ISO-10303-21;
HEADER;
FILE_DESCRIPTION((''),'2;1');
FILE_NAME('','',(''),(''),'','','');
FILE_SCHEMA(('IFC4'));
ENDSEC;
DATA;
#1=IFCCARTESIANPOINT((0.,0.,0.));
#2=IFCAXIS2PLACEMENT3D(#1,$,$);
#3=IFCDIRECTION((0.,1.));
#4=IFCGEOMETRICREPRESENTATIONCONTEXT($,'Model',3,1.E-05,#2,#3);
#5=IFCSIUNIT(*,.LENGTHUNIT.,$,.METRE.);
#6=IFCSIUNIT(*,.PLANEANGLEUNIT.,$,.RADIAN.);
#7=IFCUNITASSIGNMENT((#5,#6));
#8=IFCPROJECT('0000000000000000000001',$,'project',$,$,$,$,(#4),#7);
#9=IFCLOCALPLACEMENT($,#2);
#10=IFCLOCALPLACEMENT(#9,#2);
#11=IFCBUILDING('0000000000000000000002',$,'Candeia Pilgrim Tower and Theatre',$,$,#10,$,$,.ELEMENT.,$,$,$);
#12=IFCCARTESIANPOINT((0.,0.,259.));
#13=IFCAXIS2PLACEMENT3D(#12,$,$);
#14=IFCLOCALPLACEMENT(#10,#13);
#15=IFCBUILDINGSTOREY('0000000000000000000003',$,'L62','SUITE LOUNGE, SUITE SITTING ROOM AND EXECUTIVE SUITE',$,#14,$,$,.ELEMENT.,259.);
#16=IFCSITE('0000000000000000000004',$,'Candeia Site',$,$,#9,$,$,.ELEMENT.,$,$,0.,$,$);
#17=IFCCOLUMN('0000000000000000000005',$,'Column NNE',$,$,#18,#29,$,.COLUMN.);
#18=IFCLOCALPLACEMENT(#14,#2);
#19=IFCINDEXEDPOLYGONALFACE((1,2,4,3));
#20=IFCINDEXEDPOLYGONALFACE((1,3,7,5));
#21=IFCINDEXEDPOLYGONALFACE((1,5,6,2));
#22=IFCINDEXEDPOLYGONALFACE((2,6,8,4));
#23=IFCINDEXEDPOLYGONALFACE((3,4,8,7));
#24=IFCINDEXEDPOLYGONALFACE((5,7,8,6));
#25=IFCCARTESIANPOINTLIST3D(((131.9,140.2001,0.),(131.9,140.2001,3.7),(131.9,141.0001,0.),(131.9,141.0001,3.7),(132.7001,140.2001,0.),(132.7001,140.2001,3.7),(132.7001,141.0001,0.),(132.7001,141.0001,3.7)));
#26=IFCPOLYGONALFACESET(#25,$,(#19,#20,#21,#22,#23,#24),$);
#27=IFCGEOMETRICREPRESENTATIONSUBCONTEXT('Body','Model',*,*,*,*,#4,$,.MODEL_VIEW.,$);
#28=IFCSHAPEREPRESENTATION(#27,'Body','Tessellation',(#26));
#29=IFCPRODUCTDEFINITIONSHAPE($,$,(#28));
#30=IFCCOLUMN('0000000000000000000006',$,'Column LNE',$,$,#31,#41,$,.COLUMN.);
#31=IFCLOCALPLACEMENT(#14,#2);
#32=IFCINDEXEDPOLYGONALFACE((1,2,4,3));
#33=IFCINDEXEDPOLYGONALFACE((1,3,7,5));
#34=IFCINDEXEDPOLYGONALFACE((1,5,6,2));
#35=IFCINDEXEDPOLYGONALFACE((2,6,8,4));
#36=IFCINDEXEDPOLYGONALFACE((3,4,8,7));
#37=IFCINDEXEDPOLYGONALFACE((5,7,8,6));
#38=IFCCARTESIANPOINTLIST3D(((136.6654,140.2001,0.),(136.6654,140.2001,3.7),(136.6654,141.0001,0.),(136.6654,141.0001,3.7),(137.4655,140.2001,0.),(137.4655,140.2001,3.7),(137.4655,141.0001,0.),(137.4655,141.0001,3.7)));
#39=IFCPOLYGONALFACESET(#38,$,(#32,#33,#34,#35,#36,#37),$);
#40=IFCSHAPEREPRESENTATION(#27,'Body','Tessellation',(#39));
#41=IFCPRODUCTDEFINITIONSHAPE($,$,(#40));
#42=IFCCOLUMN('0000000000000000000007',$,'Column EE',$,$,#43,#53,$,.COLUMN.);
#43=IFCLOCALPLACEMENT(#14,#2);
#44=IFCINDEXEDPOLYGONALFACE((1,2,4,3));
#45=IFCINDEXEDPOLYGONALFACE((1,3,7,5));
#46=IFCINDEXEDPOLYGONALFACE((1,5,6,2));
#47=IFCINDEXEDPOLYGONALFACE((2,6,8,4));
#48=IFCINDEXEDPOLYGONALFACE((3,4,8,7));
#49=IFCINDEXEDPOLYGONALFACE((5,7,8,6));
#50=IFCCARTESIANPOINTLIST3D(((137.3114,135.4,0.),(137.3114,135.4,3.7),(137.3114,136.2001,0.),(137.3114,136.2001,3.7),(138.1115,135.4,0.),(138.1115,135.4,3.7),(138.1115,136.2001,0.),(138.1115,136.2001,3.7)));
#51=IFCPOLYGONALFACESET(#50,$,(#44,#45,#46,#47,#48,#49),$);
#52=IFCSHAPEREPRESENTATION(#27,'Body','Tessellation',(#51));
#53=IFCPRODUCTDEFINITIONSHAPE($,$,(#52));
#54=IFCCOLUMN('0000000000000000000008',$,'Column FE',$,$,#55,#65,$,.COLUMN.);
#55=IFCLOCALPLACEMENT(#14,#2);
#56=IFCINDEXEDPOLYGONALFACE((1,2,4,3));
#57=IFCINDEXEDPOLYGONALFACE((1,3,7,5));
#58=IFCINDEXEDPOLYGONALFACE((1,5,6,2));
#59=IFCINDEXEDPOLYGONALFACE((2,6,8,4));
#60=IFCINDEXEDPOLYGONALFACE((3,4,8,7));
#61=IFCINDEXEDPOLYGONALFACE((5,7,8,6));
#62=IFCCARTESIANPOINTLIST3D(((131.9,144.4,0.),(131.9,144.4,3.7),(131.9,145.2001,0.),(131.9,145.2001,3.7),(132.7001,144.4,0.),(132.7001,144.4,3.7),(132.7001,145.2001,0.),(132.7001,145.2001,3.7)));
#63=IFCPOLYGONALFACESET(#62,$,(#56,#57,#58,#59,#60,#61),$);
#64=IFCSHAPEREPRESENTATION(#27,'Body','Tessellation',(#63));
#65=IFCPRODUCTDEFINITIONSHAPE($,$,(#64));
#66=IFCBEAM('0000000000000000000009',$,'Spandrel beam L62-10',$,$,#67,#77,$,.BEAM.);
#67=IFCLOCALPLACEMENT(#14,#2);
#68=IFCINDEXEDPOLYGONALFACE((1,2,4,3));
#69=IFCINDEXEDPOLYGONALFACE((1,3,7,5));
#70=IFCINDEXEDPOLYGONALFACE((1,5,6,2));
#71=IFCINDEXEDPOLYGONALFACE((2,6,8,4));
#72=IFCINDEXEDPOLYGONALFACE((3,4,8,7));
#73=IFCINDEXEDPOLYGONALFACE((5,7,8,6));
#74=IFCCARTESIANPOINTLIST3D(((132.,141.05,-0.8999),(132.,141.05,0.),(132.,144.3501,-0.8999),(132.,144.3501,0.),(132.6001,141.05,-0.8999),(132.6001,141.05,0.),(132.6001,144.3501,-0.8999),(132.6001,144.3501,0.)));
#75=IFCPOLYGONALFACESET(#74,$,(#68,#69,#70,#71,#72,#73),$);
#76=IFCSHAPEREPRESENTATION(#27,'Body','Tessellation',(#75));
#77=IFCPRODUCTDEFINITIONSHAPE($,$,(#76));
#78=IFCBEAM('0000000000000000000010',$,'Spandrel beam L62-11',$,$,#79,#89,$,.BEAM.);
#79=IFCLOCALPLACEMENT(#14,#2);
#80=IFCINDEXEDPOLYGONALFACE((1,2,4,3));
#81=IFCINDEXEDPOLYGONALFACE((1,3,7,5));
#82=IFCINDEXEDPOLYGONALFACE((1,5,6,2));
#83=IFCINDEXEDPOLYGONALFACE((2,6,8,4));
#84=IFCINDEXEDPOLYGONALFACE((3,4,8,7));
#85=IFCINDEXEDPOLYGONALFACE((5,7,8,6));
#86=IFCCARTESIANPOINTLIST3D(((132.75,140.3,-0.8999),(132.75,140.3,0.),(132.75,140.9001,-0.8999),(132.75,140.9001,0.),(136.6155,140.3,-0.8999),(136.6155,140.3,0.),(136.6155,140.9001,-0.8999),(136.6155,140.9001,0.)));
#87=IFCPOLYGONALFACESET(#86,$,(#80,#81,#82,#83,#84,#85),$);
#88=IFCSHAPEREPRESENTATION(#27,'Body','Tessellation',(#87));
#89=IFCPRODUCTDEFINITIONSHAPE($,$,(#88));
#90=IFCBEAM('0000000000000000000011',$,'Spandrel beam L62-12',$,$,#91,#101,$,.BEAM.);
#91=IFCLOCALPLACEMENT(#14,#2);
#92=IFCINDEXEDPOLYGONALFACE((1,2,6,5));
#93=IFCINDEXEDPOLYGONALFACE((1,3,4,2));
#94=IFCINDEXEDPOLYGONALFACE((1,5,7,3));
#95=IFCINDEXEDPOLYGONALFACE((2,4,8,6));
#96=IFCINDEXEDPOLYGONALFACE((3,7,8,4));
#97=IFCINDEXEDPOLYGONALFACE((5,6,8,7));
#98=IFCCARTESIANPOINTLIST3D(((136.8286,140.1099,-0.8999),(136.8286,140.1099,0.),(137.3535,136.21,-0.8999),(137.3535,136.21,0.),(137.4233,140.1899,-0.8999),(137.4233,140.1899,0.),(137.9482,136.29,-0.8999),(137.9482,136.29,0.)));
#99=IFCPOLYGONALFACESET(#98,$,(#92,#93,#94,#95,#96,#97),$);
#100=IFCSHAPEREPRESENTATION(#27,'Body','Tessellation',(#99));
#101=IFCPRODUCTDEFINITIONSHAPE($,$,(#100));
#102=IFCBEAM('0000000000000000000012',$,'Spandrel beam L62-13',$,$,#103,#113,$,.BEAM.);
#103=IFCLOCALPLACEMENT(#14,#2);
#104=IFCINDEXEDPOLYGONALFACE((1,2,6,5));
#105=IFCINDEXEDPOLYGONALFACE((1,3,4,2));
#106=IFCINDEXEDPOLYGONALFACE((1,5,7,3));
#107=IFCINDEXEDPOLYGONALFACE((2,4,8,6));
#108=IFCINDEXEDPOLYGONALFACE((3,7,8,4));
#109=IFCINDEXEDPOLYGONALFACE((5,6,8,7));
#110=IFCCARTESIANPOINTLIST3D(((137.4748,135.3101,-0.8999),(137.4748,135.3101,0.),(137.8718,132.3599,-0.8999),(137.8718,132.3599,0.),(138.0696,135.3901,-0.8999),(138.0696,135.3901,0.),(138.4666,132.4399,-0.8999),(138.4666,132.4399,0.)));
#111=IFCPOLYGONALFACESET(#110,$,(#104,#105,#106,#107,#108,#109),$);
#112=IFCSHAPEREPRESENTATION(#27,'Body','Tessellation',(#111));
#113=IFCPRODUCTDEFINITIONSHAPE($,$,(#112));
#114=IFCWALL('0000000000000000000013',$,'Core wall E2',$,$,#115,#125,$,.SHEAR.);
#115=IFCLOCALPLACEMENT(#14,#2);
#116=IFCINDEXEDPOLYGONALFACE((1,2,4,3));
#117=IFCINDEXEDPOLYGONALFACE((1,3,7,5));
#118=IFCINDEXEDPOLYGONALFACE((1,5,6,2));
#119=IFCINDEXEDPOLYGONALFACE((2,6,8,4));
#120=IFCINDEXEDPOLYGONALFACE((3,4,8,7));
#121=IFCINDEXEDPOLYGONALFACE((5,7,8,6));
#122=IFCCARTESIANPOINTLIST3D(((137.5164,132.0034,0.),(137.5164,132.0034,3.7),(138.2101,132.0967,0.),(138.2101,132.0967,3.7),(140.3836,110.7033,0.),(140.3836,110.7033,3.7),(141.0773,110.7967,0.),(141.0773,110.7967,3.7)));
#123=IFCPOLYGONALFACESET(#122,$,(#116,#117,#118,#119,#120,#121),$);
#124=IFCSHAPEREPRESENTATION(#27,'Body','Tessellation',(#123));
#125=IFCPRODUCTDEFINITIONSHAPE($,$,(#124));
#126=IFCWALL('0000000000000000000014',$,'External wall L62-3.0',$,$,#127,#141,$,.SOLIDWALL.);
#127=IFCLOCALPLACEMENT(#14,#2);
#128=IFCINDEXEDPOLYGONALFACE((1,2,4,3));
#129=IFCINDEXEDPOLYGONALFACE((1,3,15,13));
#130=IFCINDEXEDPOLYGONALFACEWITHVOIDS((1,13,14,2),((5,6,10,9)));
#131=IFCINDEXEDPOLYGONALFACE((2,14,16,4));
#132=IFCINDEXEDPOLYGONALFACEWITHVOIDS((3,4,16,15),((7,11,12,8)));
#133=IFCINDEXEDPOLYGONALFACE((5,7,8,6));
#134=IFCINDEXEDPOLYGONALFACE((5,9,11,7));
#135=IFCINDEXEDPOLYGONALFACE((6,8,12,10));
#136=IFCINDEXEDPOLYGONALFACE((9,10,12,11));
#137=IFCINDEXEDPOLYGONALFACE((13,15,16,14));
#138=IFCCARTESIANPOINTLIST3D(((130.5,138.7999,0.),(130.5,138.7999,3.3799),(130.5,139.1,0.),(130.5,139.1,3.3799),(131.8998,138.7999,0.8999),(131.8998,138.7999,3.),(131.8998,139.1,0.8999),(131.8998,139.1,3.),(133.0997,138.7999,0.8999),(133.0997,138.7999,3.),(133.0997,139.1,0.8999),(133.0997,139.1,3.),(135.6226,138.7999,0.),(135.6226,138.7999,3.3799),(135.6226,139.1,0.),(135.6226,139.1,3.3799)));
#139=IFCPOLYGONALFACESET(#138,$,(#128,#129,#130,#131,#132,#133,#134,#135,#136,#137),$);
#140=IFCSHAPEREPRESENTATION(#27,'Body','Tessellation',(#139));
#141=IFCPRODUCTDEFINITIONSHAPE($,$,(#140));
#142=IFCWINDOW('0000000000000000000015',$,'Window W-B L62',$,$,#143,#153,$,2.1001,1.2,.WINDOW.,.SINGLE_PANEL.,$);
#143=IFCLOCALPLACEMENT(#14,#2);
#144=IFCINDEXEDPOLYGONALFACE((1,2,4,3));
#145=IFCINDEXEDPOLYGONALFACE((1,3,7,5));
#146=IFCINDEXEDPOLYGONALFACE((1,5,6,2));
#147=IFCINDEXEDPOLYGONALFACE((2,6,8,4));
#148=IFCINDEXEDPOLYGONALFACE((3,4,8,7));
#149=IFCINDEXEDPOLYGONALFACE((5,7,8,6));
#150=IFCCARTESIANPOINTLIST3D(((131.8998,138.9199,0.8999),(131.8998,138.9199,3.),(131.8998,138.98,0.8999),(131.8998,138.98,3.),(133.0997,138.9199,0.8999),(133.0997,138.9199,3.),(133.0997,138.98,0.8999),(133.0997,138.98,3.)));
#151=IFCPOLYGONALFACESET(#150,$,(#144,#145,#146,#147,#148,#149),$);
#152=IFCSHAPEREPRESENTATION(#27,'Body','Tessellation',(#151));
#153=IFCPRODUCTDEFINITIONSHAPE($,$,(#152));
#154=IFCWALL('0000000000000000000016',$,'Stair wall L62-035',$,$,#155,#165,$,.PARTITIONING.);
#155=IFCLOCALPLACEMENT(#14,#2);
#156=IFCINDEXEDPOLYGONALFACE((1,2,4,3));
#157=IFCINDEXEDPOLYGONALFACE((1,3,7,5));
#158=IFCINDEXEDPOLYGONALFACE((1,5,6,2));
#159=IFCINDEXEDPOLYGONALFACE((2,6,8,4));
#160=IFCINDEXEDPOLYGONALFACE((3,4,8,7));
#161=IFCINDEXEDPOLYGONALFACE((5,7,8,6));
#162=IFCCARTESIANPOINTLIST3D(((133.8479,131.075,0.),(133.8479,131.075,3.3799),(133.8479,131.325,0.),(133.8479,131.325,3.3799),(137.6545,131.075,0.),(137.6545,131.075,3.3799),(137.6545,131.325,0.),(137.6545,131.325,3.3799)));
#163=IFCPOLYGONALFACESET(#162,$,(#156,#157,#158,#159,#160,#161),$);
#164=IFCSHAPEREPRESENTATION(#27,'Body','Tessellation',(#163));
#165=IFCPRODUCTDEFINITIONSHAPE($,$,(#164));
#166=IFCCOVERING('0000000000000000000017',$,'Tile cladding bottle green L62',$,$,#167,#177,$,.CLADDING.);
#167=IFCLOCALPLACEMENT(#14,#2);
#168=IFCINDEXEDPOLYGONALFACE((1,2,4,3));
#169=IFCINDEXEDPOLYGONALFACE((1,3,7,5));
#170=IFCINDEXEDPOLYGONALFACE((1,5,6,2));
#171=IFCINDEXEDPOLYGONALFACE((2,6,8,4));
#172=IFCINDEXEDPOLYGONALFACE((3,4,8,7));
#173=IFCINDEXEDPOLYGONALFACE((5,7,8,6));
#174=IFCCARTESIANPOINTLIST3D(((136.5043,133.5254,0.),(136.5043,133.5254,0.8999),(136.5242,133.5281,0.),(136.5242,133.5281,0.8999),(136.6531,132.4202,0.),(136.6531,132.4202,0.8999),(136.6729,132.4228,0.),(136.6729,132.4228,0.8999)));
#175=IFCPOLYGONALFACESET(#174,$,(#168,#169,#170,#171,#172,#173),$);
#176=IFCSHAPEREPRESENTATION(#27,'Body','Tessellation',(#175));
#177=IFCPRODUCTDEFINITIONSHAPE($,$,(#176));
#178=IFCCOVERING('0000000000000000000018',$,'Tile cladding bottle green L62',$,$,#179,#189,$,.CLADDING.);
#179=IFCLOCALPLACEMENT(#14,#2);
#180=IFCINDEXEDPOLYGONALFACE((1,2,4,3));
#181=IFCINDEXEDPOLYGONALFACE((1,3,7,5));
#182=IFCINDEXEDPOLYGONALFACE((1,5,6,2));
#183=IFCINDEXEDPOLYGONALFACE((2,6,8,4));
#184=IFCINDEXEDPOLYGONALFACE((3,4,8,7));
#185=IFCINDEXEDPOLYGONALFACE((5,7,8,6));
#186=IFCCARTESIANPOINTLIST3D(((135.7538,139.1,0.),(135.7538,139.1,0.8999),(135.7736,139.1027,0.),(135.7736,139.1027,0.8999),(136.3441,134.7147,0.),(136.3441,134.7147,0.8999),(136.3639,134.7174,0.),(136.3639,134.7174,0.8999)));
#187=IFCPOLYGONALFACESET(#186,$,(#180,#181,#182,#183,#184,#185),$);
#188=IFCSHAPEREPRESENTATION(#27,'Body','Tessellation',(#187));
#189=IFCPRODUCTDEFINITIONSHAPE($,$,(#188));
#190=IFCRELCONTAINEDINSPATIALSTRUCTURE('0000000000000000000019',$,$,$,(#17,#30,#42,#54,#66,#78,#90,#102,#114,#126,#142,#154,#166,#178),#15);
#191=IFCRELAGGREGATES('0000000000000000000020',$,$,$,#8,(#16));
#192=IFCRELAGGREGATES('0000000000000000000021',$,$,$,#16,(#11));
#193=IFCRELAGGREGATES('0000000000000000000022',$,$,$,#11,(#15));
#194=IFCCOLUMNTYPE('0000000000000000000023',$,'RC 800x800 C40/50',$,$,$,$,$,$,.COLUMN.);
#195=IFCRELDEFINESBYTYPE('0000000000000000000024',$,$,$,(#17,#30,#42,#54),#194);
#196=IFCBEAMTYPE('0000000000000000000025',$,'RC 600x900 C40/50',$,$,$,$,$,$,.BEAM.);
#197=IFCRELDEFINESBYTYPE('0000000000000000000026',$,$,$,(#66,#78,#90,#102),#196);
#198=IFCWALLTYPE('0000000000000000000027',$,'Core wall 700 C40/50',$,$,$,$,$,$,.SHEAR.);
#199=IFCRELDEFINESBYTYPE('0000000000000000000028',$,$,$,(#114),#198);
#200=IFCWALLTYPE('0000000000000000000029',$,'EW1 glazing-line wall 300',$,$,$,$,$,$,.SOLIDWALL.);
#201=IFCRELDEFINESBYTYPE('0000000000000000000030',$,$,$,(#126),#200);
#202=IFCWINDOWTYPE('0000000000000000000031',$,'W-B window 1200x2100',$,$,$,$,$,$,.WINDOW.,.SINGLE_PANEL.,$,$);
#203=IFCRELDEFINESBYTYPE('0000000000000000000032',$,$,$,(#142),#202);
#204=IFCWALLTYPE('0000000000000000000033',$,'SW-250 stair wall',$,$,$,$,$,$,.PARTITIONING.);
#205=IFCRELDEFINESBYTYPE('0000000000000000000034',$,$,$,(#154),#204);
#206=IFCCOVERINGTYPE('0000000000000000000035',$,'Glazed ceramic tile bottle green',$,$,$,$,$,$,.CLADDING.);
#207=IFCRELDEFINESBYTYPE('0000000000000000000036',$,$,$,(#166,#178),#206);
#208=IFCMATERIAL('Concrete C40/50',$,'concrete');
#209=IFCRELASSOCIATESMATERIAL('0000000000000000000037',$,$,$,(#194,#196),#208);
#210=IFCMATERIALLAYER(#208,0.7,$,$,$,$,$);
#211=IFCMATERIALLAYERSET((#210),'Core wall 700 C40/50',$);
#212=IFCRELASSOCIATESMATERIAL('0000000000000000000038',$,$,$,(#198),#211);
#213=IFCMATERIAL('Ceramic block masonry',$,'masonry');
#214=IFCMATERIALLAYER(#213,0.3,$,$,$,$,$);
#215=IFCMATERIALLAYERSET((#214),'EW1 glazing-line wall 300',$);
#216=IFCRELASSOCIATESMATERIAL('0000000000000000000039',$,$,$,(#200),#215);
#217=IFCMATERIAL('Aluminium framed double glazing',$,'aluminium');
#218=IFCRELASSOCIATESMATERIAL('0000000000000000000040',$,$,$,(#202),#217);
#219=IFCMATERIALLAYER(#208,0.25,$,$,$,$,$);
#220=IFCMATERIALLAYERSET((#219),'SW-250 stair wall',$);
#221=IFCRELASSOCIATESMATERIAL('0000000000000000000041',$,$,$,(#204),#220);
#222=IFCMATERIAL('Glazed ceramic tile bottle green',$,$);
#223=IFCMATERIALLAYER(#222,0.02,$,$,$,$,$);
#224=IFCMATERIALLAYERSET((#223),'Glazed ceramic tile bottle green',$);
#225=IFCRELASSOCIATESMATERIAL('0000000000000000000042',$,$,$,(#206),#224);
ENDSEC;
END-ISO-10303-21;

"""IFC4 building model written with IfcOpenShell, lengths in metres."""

from ifc_helpers import new_model, si_unit, direction, frame, frame_2d, origin, origin_2d, place, context, subcontext, project, spatial, rectangle, extrude, material, layer, layer_set, material_profile, profile_set, type_object, element, fill, save


model = new_model("IFC4")

# Units and contexts
model_context = context("Model", 3, precision=1e-05, world=origin(), true_north=direction((0.0, 1.0)))
body_context = subcontext(model_context, "Body", "Model", "MODEL_VIEW")
ifc_project = project(units=[si_unit("LENGTHUNIT", "METRE"), si_unit("PLANEANGLEUNIT", "RADIAN")], contexts=[model_context])

# Site, building, storey
site_placement = place(None, origin())
site = spatial("IfcSite", under=ifc_project, at=site_placement, Name="Candeia Site", CompositionType="ELEMENT", RefElevation=0.0)
building_placement = place(site_placement, origin())
building = spatial("IfcBuilding", under=site, at=building_placement, Name="Candeia Pilgrim Tower and Theatre", CompositionType="ELEMENT")
storey_placement = place(building_placement, frame((0.0, 0.0, 259.0)))
storey = spatial("IfcBuildingStorey", under=building, at=storey_placement, Name="L62", Description="SUITE LOUNGE, SUITE SITTING ROOM AND EXECUTIVE SUITE", CompositionType="ELEMENT", Elevation=259.0)

# Columns
ifc_material_1 = material(Name="Concrete C40/50", Category="concrete")
ifc_material_profile_1 = material_profile(ifc_material_1, rectangle(XDim=0.8, YDim=0.8, at=origin_2d()))
ifc_profile_set_1 = profile_set([ifc_material_profile_1], Name="Concrete C40/50")
column_type = type_object("IfcColumnType", Name="RC 800x800 C40/50", PredefinedType="COLUMN", material=ifc_profile_set_1)
for number, where, z_axis, x_axis, name in (
    (1, (132.3, 140.6001, 0.0), (0.0, 0.0, 1.0), (1.0, 0.0, 0.0), "Column NNE"),
    (2, (137.0654, 140.6001, 0.0), (0.0, 0.0, 1.0), (1.0, 0.0, 0.0), "Column LNE"),
    (3, (137.7114, 135.8, 0.0), (0.0, 0.0, 1.0), (1.0, 0.0, 0.0), "Column EE"),
    (4, (132.3, 144.8, 0.0), (0.0, 0.0, 1.0), (1.0, 0.0, 0.0), "Column FE"),
):
    element("IfcColumn", number, at=place(storey_placement, frame(where, z_axis=z_axis, x_axis=x_axis)), inside=storey, type_object=column_type, Name=name, PredefinedType="COLUMN", context=body_context, shape_type="SweptSolid", body=[
        extrude(rectangle(XDim=0.8, YDim=0.8, at=origin_2d()), origin(), (0.0, 0.0, 1.0), 3.7),
    ])

# Beams
ifc_material_profile_2 = material_profile(ifc_material_1, rectangle(XDim=0.6001, YDim=0.8999, at=origin_2d()))
ifc_profile_set_2 = profile_set([ifc_material_profile_2], Name="Concrete C40/50")
beam_type = type_object("IfcBeamType", Name="RC 600x900 C40/50", PredefinedType="BEAM", material=ifc_profile_set_2)
beam_1_placement = place(storey_placement, frame((132.3, 144.3501, -0.45), z_axis=(0.0, -1.0, 0.0), x_axis=(1.0, 0.0, 0.0)))
element("IfcBeam", 5, at=beam_1_placement, inside=storey, type_object=beam_type, Name="Spandrel beam L62-10", PredefinedType="BEAM", context=body_context, shape_type="SweptSolid", body=[
    extrude(rectangle(XDim=0.6001, YDim=0.8999, at=origin_2d()), origin(), (0.0, 0.0, 1.0), 3.3),
])
beam_2_placement = place(storey_placement, frame((132.75, 140.6001, -0.45), z_axis=(1.0, 0.0, 0.0), x_axis=(0.0, 1.0, 0.0)))
element("IfcBeam", 6, at=beam_2_placement, inside=storey, type_object=beam_type, Name="Spandrel beam L62-11", PredefinedType="BEAM", context=body_context, shape_type="SweptSolid", body=[
    extrude(rectangle(XDim=0.6001, YDim=0.8999, at=origin_2d()), origin(), (0.0, 0.0, 1.0), 3.8655),
])
beam_3_placement = place(storey_placement, frame((137.126, 140.1499, -0.45), z_axis=(0.133391, -0.991064, 0.0), x_axis=(0.991064, 0.133391, 0.0)))
element("IfcBeam", 7, at=beam_3_placement, inside=storey, type_object=beam_type, Name="Spandrel beam L62-12", PredefinedType="BEAM", context=body_context, shape_type="SweptSolid", body=[
    extrude(rectangle(XDim=0.6001, YDim=0.8999, at=origin_2d()), origin(), (0.0, 0.0, 1.0), 3.9351),
])
beam_4_placement = place(storey_placement, frame((137.7722, 135.3501, -0.45), z_axis=(0.133356, -0.991068, 0.0), x_axis=(0.991068, 0.133356, 0.0)))
element("IfcBeam", 8, at=beam_4_placement, inside=storey, type_object=beam_type, Name="Spandrel beam L62-13", PredefinedType="BEAM", context=body_context, shape_type="SweptSolid", body=[
    extrude(rectangle(XDim=0.6001, YDim=0.8999, at=origin_2d()), origin(), (0.0, 0.0, 1.0), 2.9768),
])

# Wall
ifc_layer_1 = layer(ifc_material_1, 0.7)
ifc_layer_set_1 = layer_set([ifc_layer_1], Name="Core wall 700 C40/50")
wall_type_1 = type_object("IfcWallType", Name="Core wall 700 C40/50", PredefinedType="SHEAR", material=ifc_layer_set_1)
wall_1_placement = place(storey_placement, frame((137.8633, 132.05, 0.0), z_axis=(0.0, 0.0, 1.0), x_axis=(0.133406, -0.991061, 0.0)))
element("IfcWall", 9, at=wall_1_placement, inside=storey, type_object=wall_type_1, Name="Core wall E2", PredefinedType="SHEAR", context=body_context, shape_type="SweptSolid", body=[
    extrude(rectangle(XDim=21.4922, YDim=0.7, at=frame_2d((10.7461, 0.0))), origin(), (0.0, 0.0, 1.0), 3.7),
])

# Shared definitions
ifc_material_2 = material(Name="Ceramic block masonry", Category="masonry")
ifc_layer_2 = layer(ifc_material_2, 0.3)
ifc_layer_set_2 = layer_set([ifc_layer_2], Name="EW1 glazing-line wall 300")
wall_type_2 = type_object("IfcWallType", Name="EW1 glazing-line wall 300", PredefinedType="SOLIDWALL", material=ifc_layer_set_2)
ifc_material_3 = material(Name="Aluminium framed double glazing", Category="aluminium")

# Wall, opening, window
wall_2_placement = place(storey_placement, frame((135.6226, 138.95, 0.0), z_axis=(0.0, 0.0, 1.0), x_axis=(-1.0, 0.0, 0.0)))
wall_2 = element("IfcWall", 10, at=wall_2_placement, inside=storey, type_object=wall_type_2, Name="External wall L62-3.0", PredefinedType="SOLIDWALL", context=body_context, shape_type="SweptSolid", body=[
    extrude(rectangle(XDim=5.1226, YDim=0.3, at=frame_2d((2.5613, 0.0))), origin(), (0.0, 0.0, 1.0), 3.3799),
])
opening_1_placement = place(wall_2_placement, frame((2.5227, 0.0, 0.8999)))
opening_1 = element("IfcOpeningElement", 11, at=opening_1_placement, cuts=wall_2, PredefinedType="OPENING", context=body_context, shape_type="SweptSolid", body=[
    extrude(rectangle(XDim=1.2, YDim=2.1001, at=frame_2d((0.6001, 1.05))), frame((0.0, 0.1602, 0.0), z_axis=(0.0, -1.0, 0.0), x_axis=(1.0, 0.0, 0.0)), (0.0, 0.0, 1.0), 0.3201),
])
window_type_1 = type_object("IfcWindowType", Name="W-B window 1200x2100", PartitioningType="SINGLE_PANEL", PredefinedType="WINDOW", material=ifc_material_3)
window_1_placement = place(opening_1_placement, origin())
window_1 = element("IfcWindow", 12, at=window_1_placement, inside=storey, type_object=window_type_1, Name="Window W-B L62", OverallHeight=2.1001, OverallWidth=1.2, PartitioningType="SINGLE_PANEL", PredefinedType="WINDOW", context=body_context, shape_type="SweptSolid", body=[
    extrude(rectangle(XDim=1.2, YDim=2.1001, at=frame_2d((0.6001, 1.05))), frame((0.0, 0.03, 0.0), z_axis=(0.0, -1.0, 0.0), x_axis=(1.0, 0.0, 0.0)), (0.0, 0.0, 1.0), 0.0601),
])
fill(opening_1, window_1)

# Wall
ifc_layer_3 = layer(ifc_material_1, 0.25)
ifc_layer_set_3 = layer_set([ifc_layer_3], Name="SW-250 stair wall")
wall_type_3 = type_object("IfcWallType", Name="SW-250 stair wall", PredefinedType="PARTITIONING", material=ifc_layer_set_3)
wall_3_placement = place(storey_placement, frame((133.8479, 131.2, 0.0), z_axis=(0.0, 0.0, 1.0), x_axis=(1.0, 0.0, 0.0)))
element("IfcWall", 13, at=wall_3_placement, inside=storey, type_object=wall_type_3, Name="Stair wall L62-035", PredefinedType="PARTITIONING", context=body_context, shape_type="SweptSolid", body=[
    extrude(rectangle(XDim=3.8066, YDim=0.25, at=frame_2d((1.9033, 0.0))), origin(), (0.0, 0.0, 1.0), 3.3799),
])

# Coverings
ifc_material_4 = material(Name="Glazed ceramic tile bottle green")
ifc_layer_4 = layer(ifc_material_4, 0.02)
ifc_layer_set_4 = layer_set([ifc_layer_4], Name="Glazed ceramic tile bottle green")
covering_type = type_object("IfcCoveringType", Name="Glazed ceramic tile bottle green", PredefinedType="CLADDING", material=ifc_layer_set_4)
covering_1_placement = place(storey_placement, frame((136.5886, 132.9741, 0.0), z_axis=(0.0, 0.0, 1.0), x_axis=(-0.133412, 0.991061, 0.0)))
element("IfcCovering", 14, at=covering_1_placement, inside=storey, type_object=covering_type, Name="Tile cladding bottle green L62", PredefinedType="CLADDING", context=body_context, shape_type="SweptSolid", body=[
    extrude(rectangle(XDim=1.1152, YDim=0.02, at=origin_2d()), origin(), (0.0, 0.0, 1.0), 0.8999),
])
covering_2_placement = place(storey_placement, frame((136.0588, 136.9087, 0.0), z_axis=(0.0, 0.0, 1.0), x_axis=(-0.133412, 0.991061, 0.0)))
element("IfcCovering", 15, at=covering_2_placement, inside=storey, type_object=covering_type, Name="Tile cladding bottle green L62", PredefinedType="CLADDING", context=body_context, shape_type="SweptSolid", body=[
    extrude(rectangle(XDim=4.4248, YDim=0.02, at=origin_2d()), origin(), (0.0, 0.0, 1.0), 0.8999),
])

save(model, "model.ifc")
